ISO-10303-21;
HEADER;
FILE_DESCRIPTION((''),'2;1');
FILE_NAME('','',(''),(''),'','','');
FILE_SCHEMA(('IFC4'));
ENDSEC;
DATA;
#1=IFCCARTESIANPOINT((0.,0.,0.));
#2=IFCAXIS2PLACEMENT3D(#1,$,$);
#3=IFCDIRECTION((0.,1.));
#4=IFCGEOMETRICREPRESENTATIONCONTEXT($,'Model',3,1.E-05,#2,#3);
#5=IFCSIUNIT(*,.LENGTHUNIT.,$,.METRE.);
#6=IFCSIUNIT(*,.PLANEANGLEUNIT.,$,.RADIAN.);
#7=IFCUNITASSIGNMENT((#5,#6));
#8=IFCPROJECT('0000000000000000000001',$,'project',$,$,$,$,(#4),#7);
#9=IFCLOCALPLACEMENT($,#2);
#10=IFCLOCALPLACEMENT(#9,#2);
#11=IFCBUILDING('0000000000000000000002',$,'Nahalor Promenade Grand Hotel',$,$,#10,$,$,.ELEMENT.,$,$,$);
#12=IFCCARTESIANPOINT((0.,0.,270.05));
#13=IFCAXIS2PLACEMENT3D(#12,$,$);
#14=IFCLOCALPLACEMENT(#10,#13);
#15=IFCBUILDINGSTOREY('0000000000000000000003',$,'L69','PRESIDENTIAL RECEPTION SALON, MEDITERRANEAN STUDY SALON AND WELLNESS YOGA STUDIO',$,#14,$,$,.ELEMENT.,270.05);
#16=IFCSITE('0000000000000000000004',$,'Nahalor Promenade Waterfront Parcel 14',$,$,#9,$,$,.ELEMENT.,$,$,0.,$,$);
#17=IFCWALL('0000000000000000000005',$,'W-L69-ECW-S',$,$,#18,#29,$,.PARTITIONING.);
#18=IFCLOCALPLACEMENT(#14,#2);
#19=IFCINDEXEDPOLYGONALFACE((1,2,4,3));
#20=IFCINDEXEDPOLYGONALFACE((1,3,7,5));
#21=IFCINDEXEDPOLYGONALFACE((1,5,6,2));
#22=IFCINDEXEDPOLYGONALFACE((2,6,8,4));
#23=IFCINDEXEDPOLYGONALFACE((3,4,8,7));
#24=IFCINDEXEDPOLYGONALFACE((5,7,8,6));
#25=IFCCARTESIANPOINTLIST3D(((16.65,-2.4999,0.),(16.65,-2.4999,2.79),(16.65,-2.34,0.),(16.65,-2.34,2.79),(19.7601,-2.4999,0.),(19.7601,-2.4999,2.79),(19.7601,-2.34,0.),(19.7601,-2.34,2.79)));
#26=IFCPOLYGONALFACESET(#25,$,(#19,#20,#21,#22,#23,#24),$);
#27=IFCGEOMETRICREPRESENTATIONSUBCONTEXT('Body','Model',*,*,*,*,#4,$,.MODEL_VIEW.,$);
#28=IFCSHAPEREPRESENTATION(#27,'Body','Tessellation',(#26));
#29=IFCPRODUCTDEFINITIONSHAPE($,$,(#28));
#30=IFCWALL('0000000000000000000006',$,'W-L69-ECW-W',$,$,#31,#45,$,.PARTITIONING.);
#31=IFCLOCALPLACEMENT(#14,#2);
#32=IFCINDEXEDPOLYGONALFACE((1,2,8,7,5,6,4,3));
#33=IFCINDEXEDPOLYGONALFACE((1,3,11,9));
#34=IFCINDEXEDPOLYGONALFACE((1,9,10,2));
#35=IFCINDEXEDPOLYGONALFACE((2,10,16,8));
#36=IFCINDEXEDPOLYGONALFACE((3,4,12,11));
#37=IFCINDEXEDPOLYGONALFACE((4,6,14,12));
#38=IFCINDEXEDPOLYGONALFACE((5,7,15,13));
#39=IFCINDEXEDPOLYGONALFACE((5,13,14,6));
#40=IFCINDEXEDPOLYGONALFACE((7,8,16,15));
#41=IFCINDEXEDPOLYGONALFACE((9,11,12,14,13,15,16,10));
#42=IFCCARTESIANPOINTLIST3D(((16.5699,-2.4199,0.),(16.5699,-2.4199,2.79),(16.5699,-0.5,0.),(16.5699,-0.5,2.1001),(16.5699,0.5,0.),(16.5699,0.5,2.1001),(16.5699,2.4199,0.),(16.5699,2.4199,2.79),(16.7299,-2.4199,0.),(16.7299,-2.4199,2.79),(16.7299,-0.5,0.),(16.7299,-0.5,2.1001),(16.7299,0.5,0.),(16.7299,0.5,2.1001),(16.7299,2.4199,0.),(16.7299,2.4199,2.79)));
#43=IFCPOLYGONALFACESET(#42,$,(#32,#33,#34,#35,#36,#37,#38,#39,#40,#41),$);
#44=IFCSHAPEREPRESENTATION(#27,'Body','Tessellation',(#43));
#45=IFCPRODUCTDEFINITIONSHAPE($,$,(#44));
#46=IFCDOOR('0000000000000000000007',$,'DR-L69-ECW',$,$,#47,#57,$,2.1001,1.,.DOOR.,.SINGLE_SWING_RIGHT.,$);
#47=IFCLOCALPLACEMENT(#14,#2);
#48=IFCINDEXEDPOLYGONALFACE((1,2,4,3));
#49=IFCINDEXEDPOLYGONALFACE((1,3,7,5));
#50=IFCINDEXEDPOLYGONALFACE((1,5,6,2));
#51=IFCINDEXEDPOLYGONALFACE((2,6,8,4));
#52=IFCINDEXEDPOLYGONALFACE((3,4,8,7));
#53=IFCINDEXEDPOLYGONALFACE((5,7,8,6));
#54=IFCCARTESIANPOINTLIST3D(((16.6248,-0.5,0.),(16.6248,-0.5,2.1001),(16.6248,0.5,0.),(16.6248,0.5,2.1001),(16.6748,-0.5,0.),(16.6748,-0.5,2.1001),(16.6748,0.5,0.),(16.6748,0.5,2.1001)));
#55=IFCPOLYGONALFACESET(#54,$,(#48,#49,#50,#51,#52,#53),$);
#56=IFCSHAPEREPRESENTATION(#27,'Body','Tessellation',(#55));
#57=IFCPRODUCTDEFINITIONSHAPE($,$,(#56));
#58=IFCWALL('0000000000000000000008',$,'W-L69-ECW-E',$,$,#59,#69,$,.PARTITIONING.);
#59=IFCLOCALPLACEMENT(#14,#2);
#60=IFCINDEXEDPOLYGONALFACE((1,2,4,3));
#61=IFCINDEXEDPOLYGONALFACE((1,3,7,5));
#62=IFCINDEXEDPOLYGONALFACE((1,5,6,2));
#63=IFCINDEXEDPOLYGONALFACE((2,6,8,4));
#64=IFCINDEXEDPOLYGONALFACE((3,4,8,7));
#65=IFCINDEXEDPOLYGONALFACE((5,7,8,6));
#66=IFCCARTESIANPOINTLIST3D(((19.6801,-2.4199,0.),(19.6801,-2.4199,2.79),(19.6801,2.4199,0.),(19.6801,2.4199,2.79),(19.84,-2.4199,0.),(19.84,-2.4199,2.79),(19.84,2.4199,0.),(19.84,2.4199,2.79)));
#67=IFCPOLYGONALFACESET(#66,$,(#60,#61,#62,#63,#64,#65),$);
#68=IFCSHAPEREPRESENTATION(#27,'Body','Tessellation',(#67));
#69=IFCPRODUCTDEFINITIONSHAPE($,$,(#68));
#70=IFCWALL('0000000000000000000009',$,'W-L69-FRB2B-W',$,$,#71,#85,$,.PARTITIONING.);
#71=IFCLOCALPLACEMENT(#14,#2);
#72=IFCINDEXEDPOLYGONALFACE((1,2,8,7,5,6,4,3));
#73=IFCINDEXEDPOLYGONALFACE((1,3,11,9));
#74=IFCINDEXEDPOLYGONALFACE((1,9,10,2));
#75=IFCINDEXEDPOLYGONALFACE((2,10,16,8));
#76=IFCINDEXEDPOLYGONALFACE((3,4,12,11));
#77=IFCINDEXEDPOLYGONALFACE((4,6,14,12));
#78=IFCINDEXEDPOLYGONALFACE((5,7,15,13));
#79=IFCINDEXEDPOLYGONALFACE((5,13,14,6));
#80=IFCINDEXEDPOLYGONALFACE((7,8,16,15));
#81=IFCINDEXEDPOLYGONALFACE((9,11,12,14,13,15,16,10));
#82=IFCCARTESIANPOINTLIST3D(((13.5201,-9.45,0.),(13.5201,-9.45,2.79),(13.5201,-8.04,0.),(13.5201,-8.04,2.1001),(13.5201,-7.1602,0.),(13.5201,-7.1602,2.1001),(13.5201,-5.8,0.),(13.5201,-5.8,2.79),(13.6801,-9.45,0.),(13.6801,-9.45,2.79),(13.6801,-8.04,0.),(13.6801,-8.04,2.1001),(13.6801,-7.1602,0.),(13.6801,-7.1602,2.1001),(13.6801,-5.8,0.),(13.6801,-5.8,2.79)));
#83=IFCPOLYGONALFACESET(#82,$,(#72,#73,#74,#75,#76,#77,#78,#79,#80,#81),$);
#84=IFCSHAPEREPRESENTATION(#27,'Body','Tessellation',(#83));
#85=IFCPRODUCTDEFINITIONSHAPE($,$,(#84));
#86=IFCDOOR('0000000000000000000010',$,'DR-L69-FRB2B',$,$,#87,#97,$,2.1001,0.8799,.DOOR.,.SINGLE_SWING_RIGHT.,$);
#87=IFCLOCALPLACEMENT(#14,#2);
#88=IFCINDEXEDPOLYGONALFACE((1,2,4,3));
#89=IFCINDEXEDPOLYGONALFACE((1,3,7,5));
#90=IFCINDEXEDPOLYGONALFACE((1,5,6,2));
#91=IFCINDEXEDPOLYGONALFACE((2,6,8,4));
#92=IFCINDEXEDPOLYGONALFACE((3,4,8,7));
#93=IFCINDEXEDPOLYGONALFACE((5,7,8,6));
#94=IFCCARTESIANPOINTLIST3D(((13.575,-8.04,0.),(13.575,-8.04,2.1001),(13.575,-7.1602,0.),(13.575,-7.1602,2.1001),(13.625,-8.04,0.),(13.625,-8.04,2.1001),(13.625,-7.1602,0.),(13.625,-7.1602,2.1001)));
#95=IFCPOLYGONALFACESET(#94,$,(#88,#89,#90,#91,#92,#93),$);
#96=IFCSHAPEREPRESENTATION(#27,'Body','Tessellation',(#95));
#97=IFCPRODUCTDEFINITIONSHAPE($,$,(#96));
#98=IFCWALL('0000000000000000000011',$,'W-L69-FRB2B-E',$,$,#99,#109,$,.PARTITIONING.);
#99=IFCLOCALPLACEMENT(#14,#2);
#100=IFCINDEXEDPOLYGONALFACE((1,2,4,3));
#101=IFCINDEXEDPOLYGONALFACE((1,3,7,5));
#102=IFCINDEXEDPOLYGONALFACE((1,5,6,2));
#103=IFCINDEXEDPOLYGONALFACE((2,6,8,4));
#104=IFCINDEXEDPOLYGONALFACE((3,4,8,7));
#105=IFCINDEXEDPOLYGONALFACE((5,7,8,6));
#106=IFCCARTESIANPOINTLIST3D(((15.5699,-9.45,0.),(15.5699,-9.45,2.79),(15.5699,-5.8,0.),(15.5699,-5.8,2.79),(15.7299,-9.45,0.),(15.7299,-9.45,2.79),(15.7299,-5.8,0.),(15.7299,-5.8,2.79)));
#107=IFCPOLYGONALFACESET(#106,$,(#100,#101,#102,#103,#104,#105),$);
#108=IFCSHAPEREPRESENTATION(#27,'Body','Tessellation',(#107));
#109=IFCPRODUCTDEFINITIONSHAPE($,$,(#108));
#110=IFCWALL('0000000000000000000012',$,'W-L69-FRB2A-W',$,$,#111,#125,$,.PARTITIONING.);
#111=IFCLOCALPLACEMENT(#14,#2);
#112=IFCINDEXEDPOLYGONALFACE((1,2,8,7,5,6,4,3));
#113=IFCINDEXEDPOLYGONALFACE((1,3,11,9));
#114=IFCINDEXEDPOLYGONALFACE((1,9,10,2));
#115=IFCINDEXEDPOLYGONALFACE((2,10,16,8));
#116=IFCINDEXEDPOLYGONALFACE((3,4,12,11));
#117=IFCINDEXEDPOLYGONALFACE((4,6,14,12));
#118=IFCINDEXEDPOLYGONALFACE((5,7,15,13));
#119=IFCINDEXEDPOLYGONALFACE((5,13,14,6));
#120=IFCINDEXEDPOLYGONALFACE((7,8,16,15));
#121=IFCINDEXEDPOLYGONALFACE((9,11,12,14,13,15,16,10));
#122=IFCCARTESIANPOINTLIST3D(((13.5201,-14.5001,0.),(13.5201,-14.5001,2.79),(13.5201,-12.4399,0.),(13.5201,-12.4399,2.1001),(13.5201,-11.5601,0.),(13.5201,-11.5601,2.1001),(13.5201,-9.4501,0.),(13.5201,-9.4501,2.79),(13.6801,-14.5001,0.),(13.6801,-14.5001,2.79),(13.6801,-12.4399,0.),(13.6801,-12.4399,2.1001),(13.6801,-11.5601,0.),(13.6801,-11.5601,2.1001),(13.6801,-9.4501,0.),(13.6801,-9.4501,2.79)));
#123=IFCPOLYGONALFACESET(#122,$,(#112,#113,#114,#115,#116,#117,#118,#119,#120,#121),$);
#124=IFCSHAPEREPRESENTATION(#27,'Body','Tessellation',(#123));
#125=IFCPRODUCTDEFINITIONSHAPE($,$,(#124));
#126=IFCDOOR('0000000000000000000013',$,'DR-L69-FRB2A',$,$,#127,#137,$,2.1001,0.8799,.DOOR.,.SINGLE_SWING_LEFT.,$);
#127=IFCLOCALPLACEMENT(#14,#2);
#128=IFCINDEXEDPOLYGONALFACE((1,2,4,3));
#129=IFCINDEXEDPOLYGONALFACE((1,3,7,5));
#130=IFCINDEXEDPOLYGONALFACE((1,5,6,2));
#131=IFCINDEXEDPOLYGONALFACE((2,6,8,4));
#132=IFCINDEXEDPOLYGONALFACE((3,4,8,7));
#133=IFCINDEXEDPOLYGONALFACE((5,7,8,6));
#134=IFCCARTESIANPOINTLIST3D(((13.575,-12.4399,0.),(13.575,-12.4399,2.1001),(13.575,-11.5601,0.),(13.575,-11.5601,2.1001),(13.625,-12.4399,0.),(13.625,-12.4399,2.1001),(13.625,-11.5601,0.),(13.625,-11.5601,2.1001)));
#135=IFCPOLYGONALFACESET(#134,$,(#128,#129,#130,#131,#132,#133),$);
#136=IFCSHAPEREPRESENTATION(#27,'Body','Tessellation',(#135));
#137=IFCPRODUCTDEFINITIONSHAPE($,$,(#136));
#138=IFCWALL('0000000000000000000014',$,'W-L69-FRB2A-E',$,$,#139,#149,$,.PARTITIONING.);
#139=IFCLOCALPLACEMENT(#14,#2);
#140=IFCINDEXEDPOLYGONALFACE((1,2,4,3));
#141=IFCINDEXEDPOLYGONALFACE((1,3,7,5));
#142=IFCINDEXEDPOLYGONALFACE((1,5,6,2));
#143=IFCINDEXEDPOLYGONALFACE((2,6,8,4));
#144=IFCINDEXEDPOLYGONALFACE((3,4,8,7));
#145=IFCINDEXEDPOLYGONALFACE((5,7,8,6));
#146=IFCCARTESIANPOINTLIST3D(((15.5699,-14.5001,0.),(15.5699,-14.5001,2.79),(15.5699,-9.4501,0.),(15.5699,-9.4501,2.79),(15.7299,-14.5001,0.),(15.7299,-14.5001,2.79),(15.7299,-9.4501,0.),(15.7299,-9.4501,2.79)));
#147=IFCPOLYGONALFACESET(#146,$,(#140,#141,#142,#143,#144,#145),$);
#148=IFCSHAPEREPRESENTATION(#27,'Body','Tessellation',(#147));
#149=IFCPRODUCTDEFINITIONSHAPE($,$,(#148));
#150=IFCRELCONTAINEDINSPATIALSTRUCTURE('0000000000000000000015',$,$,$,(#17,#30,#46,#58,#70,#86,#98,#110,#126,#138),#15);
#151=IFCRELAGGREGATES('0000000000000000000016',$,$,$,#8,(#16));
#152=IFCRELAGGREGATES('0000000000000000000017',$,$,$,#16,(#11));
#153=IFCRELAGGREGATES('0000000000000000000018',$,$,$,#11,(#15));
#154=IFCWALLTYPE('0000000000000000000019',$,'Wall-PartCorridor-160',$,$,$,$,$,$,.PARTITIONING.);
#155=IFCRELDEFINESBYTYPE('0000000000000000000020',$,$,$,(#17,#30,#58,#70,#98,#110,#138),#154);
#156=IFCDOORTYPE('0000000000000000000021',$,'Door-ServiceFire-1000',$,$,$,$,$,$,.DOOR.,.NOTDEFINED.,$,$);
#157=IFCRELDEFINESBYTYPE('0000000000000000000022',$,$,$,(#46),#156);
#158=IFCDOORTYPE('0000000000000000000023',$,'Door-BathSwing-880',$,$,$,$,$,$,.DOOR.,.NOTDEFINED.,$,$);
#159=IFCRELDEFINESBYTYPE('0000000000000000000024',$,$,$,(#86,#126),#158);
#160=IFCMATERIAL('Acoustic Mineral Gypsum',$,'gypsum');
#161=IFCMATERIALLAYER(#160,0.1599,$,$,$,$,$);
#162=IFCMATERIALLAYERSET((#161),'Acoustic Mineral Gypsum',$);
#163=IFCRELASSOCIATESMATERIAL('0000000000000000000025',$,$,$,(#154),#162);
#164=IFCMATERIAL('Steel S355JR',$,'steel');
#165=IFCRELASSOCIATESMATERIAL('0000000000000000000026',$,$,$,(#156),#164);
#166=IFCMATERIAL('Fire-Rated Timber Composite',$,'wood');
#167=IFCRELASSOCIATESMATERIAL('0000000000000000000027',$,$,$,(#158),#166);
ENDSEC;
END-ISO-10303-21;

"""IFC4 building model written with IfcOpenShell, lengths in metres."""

from ifc_helpers import new_model, si_unit, direction, frame, frame_2d, origin, place, context, subcontext, project, spatial, rectangle, extrude, source, transform, mapped, material, layer, layer_set, type_object, element, fill, save


model = new_model("IFC4")

# Units and contexts
model_context = context("Model", 3, precision=1e-05, world=origin(), true_north=direction((0.0, 1.0)))
body_context = subcontext(model_context, "Body", "Model", "MODEL_VIEW")
ifc_project = project(units=[si_unit("LENGTHUNIT", "METRE"), si_unit("PLANEANGLEUNIT", "RADIAN")], contexts=[model_context])

# Site, building, storey
site_placement = place(None, origin())
site = spatial("IfcSite", under=ifc_project, at=site_placement, Name="Nahalor Promenade Waterfront Parcel 14", CompositionType="ELEMENT", RefElevation=0.0)
building_placement = place(site_placement, origin())
building = spatial("IfcBuilding", under=site, at=building_placement, Name="Nahalor Promenade Grand Hotel", CompositionType="ELEMENT")
storey_placement = place(building_placement, frame((0.0, 0.0, 270.05)))
storey = spatial("IfcBuildingStorey", under=building, at=storey_placement, Name="L69", Description="PRESIDENTIAL RECEPTION SALON, MEDITERRANEAN STUDY SALON AND WELLNESS YOGA STUDIO", CompositionType="ELEMENT", Elevation=270.05)

# Shared definitions
ifc_material_1 = material(Name="Steel S355JR", Category="steel")

# Shared definitions
ifc_material_2 = material(Name="Acoustic Mineral Gypsum", Category="gypsum")
ifc_layer_1 = layer(ifc_material_2, 0.1599)
ifc_layer_set_1 = layer_set([ifc_layer_1], Name="Acoustic Mineral Gypsum")
wall_type_1 = type_object("IfcWallType", Name="Wall-PartCorridor-160", PredefinedType="PARTITIONING", material=ifc_layer_set_1)

# Shared definitions
shared_shape_1 = source(origin(), body_context, "Body", "SweptSolid", [
    extrude(rectangle(XDim=3.1101, YDim=0.1599, at=frame_2d((1.5552, 0.0))), origin(), (0.0, 0.0, 1.0), 2.79),
])
door_type_1 = type_object("IfcDoorType", Name="Door-ServiceFire-1000", OperationType="NOTDEFINED", PredefinedType="DOOR", material=ifc_material_1)
shared_shape_2 = source(origin(), body_context, "Body", "SweptSolid", [
    extrude(rectangle(XDim=1.0, YDim=2.1001, at=frame_2d((0.5, 1.05))), frame((0.0, 0.0249, 0.0), z_axis=(0.0, -1.0, 0.0), x_axis=(1.0, 0.0, 0.0)), (0.0, 0.0, 1.0), 0.05),
])

# Wall
wall_1_placement = place(storey_placement, frame((16.6499, -2.4199, 0.0), z_axis=(0.0, 0.0, 1.0), x_axis=(1.0, 0.0, 0.0)))
element("IfcWall", 1, at=wall_1_placement, inside=storey, type_object=wall_type_1, Name="W-L69-ECW-S", PredefinedType="PARTITIONING", context=body_context, shape_type="MappedRepresentation", body=[
    mapped(shared_shape_1, transform((0.0, 0.0, 0.0), scale=1.0)),
])

# Wall, opening, door
shared_shape_3 = source(origin(), body_context, "Body", "SweptSolid", [
    extrude(rectangle(XDim=4.8398, YDim=0.1599, at=frame_2d((2.4199, 0.0))), origin(), (0.0, 0.0, 1.0), 2.79),
])
wall_2_placement = place(storey_placement, frame((16.6499, -2.4199, 0.0), z_axis=(0.0, 0.0, 1.0), x_axis=(0.0, 1.0, 0.0)))
wall_2 = element("IfcWall", 2, at=wall_2_placement, inside=storey, type_object=wall_type_1, Name="W-L69-ECW-W", PredefinedType="PARTITIONING", context=body_context, shape_type="MappedRepresentation", body=[
    mapped(shared_shape_3, transform((0.0, 0.0, 0.0), scale=1.0)),
])
opening_1_placement = place(wall_2_placement, frame((1.9199, 0.0, 0.0)))
opening_1 = element("IfcOpeningElement", 3, at=opening_1_placement, cuts=wall_2, PredefinedType="OPENING", context=body_context, shape_type="SweptSolid", body=[
    extrude(rectangle(XDim=1.0, YDim=2.1001, at=frame_2d((0.5, 1.05))), frame((0.0, 0.0898, 0.0), z_axis=(0.0, -1.0, 0.0), x_axis=(1.0, 0.0, 0.0)), (0.0, 0.0, 1.0), 0.1799),
])
door_1_placement = place(opening_1_placement, frame((1.0, 0.0, 0.0), z_axis=(0.0, 0.0, 1.0), x_axis=(-1.0, 0.0, 0.0)))
door_1 = element("IfcDoor", 4, at=door_1_placement, inside=storey, type_object=door_type_1, Name="DR-L69-ECW", OperationType="SINGLE_SWING_RIGHT", OverallHeight=2.1001, OverallWidth=1.0, PredefinedType="DOOR", context=body_context, shape_type="MappedRepresentation", body=[
    mapped(shared_shape_2, transform((0.0, 0.0, 0.0), scale=1.0)),
])
fill(opening_1, door_1)

# Wall
wall_3_placement = place(storey_placement, frame((19.76, -2.4199, 0.0), z_axis=(0.0, 0.0, 1.0), x_axis=(0.0, 1.0, 0.0)))
element("IfcWall", 5, at=wall_3_placement, inside=storey, type_object=wall_type_1, Name="W-L69-ECW-E", PredefinedType="PARTITIONING", context=body_context, shape_type="MappedRepresentation", body=[
    mapped(shared_shape_3, transform((0.0, 0.0, 0.0), scale=1.0)),
])

# Wall, opening, door
shared_shape_4 = source(origin(), body_context, "Body", "SweptSolid", [
    extrude(rectangle(XDim=3.6499, YDim=0.1599, at=frame_2d((1.825, 0.0))), origin(), (0.0, 0.0, 1.0), 2.79),
])
wall_4_placement = place(storey_placement, frame((13.6001, -9.45, 0.0), z_axis=(0.0, 0.0, 1.0), x_axis=(0.0, 1.0, 0.0)))
wall_4 = element("IfcWall", 6, at=wall_4_placement, inside=storey, type_object=wall_type_1, Name="W-L69-FRB2B-W", PredefinedType="PARTITIONING", context=body_context, shape_type="MappedRepresentation", body=[
    mapped(shared_shape_4, transform((0.0, 0.0, 0.0), scale=1.0)),
])
opening_2_placement = place(wall_4_placement, frame((1.4099, 0.0, 0.0)))
opening_2 = element("IfcOpeningElement", 7, at=opening_2_placement, cuts=wall_4, PredefinedType="OPENING", context=body_context, shape_type="SweptSolid", body=[
    extrude(rectangle(XDim=0.8799, YDim=2.1001, at=frame_2d((0.4399, 1.05))), frame((0.0, 0.0898, 0.0), z_axis=(0.0, -1.0, 0.0), x_axis=(1.0, 0.0, 0.0)), (0.0, 0.0, 1.0), 0.1799),
])
ifc_material_3 = material(Name="Fire-Rated Timber Composite", Category="wood")
door_type_2 = type_object("IfcDoorType", Name="Door-BathSwing-880", OperationType="NOTDEFINED", PredefinedType="DOOR", material=ifc_material_3)
shared_shape_5 = source(origin(), body_context, "Body", "SweptSolid", [
    extrude(rectangle(XDim=0.8799, YDim=2.1001, at=frame_2d((0.4399, 1.05))), frame((0.0, 0.0249, 0.0), z_axis=(0.0, -1.0, 0.0), x_axis=(1.0, 0.0, 0.0)), (0.0, 0.0, 1.0), 0.05),
])
door_2_placement = place(opening_2_placement, frame((0.8799, 0.0, 0.0), z_axis=(0.0, 0.0, 1.0), x_axis=(-1.0, 0.0, 0.0)))
door_2 = element("IfcDoor", 8, at=door_2_placement, inside=storey, type_object=door_type_2, Name="DR-L69-FRB2B", OperationType="SINGLE_SWING_RIGHT", OverallHeight=2.1001, OverallWidth=0.8799, PredefinedType="DOOR", context=body_context, shape_type="MappedRepresentation", body=[
    mapped(shared_shape_5, transform((0.0, 0.0, 0.0), scale=1.0)),
])
fill(opening_2, door_2)

# Wall
wall_5_placement = place(storey_placement, frame((15.6499, -9.45, 0.0), z_axis=(0.0, 0.0, 1.0), x_axis=(0.0, 1.0, 0.0)))
element("IfcWall", 9, at=wall_5_placement, inside=storey, type_object=wall_type_1, Name="W-L69-FRB2B-E", PredefinedType="PARTITIONING", context=body_context, shape_type="MappedRepresentation", body=[
    mapped(shared_shape_4, transform((0.0, 0.0, 0.0), scale=1.0)),
])

# Wall, opening, door
shared_shape_6 = source(origin(), body_context, "Body", "SweptSolid", [
    extrude(rectangle(XDim=5.05, YDim=0.1599, at=frame_2d((2.5249, 0.0))), origin(), (0.0, 0.0, 1.0), 2.79),
])
wall_6_placement = place(storey_placement, frame((13.6001, -14.5, 0.0), z_axis=(0.0, 0.0, 1.0), x_axis=(0.0, 1.0, 0.0)))
wall_6 = element("IfcWall", 10, at=wall_6_placement, inside=storey, type_object=wall_type_1, Name="W-L69-FRB2A-W", PredefinedType="PARTITIONING", context=body_context, shape_type="MappedRepresentation", body=[
    mapped(shared_shape_6, transform((0.0, 0.0, 0.0), scale=1.0)),
])
opening_3_placement = place(wall_6_placement, frame((2.0601, 0.0, 0.0)))
opening_3 = element("IfcOpeningElement", 11, at=opening_3_placement, cuts=wall_6, PredefinedType="OPENING", context=body_context, shape_type="SweptSolid", body=[
    extrude(rectangle(XDim=0.8799, YDim=2.1001, at=frame_2d((0.4399, 1.05))), frame((0.0, 0.0898, 0.0), z_axis=(0.0, -1.0, 0.0), x_axis=(1.0, 0.0, 0.0)), (0.0, 0.0, 1.0), 0.1799),
])
door_3_placement = place(opening_3_placement, frame((0.8799, 0.0, 0.0), z_axis=(0.0, 0.0, 1.0), x_axis=(-1.0, 0.0, 0.0)))
door_3 = element("IfcDoor", 12, at=door_3_placement, inside=storey, type_object=door_type_2, Name="DR-L69-FRB2A", OperationType="SINGLE_SWING_LEFT", OverallHeight=2.1001, OverallWidth=0.8799, PredefinedType="DOOR", context=body_context, shape_type="MappedRepresentation", body=[
    mapped(shared_shape_5, transform((0.0, 0.0, 0.0), scale=1.0)),
])
fill(opening_3, door_3)

# Wall
wall_7_placement = place(storey_placement, frame((15.6499, -14.5, 0.0), z_axis=(0.0, 0.0, 1.0), x_axis=(0.0, 1.0, 0.0)))
element("IfcWall", 13, at=wall_7_placement, inside=storey, type_object=wall_type_1, Name="W-L69-FRB2A-E", PredefinedType="PARTITIONING", context=body_context, shape_type="MappedRepresentation", body=[
    mapped(shared_shape_6, transform((0.0, 0.0, 0.0), scale=1.0)),
])

save(model, "model.ifc")
